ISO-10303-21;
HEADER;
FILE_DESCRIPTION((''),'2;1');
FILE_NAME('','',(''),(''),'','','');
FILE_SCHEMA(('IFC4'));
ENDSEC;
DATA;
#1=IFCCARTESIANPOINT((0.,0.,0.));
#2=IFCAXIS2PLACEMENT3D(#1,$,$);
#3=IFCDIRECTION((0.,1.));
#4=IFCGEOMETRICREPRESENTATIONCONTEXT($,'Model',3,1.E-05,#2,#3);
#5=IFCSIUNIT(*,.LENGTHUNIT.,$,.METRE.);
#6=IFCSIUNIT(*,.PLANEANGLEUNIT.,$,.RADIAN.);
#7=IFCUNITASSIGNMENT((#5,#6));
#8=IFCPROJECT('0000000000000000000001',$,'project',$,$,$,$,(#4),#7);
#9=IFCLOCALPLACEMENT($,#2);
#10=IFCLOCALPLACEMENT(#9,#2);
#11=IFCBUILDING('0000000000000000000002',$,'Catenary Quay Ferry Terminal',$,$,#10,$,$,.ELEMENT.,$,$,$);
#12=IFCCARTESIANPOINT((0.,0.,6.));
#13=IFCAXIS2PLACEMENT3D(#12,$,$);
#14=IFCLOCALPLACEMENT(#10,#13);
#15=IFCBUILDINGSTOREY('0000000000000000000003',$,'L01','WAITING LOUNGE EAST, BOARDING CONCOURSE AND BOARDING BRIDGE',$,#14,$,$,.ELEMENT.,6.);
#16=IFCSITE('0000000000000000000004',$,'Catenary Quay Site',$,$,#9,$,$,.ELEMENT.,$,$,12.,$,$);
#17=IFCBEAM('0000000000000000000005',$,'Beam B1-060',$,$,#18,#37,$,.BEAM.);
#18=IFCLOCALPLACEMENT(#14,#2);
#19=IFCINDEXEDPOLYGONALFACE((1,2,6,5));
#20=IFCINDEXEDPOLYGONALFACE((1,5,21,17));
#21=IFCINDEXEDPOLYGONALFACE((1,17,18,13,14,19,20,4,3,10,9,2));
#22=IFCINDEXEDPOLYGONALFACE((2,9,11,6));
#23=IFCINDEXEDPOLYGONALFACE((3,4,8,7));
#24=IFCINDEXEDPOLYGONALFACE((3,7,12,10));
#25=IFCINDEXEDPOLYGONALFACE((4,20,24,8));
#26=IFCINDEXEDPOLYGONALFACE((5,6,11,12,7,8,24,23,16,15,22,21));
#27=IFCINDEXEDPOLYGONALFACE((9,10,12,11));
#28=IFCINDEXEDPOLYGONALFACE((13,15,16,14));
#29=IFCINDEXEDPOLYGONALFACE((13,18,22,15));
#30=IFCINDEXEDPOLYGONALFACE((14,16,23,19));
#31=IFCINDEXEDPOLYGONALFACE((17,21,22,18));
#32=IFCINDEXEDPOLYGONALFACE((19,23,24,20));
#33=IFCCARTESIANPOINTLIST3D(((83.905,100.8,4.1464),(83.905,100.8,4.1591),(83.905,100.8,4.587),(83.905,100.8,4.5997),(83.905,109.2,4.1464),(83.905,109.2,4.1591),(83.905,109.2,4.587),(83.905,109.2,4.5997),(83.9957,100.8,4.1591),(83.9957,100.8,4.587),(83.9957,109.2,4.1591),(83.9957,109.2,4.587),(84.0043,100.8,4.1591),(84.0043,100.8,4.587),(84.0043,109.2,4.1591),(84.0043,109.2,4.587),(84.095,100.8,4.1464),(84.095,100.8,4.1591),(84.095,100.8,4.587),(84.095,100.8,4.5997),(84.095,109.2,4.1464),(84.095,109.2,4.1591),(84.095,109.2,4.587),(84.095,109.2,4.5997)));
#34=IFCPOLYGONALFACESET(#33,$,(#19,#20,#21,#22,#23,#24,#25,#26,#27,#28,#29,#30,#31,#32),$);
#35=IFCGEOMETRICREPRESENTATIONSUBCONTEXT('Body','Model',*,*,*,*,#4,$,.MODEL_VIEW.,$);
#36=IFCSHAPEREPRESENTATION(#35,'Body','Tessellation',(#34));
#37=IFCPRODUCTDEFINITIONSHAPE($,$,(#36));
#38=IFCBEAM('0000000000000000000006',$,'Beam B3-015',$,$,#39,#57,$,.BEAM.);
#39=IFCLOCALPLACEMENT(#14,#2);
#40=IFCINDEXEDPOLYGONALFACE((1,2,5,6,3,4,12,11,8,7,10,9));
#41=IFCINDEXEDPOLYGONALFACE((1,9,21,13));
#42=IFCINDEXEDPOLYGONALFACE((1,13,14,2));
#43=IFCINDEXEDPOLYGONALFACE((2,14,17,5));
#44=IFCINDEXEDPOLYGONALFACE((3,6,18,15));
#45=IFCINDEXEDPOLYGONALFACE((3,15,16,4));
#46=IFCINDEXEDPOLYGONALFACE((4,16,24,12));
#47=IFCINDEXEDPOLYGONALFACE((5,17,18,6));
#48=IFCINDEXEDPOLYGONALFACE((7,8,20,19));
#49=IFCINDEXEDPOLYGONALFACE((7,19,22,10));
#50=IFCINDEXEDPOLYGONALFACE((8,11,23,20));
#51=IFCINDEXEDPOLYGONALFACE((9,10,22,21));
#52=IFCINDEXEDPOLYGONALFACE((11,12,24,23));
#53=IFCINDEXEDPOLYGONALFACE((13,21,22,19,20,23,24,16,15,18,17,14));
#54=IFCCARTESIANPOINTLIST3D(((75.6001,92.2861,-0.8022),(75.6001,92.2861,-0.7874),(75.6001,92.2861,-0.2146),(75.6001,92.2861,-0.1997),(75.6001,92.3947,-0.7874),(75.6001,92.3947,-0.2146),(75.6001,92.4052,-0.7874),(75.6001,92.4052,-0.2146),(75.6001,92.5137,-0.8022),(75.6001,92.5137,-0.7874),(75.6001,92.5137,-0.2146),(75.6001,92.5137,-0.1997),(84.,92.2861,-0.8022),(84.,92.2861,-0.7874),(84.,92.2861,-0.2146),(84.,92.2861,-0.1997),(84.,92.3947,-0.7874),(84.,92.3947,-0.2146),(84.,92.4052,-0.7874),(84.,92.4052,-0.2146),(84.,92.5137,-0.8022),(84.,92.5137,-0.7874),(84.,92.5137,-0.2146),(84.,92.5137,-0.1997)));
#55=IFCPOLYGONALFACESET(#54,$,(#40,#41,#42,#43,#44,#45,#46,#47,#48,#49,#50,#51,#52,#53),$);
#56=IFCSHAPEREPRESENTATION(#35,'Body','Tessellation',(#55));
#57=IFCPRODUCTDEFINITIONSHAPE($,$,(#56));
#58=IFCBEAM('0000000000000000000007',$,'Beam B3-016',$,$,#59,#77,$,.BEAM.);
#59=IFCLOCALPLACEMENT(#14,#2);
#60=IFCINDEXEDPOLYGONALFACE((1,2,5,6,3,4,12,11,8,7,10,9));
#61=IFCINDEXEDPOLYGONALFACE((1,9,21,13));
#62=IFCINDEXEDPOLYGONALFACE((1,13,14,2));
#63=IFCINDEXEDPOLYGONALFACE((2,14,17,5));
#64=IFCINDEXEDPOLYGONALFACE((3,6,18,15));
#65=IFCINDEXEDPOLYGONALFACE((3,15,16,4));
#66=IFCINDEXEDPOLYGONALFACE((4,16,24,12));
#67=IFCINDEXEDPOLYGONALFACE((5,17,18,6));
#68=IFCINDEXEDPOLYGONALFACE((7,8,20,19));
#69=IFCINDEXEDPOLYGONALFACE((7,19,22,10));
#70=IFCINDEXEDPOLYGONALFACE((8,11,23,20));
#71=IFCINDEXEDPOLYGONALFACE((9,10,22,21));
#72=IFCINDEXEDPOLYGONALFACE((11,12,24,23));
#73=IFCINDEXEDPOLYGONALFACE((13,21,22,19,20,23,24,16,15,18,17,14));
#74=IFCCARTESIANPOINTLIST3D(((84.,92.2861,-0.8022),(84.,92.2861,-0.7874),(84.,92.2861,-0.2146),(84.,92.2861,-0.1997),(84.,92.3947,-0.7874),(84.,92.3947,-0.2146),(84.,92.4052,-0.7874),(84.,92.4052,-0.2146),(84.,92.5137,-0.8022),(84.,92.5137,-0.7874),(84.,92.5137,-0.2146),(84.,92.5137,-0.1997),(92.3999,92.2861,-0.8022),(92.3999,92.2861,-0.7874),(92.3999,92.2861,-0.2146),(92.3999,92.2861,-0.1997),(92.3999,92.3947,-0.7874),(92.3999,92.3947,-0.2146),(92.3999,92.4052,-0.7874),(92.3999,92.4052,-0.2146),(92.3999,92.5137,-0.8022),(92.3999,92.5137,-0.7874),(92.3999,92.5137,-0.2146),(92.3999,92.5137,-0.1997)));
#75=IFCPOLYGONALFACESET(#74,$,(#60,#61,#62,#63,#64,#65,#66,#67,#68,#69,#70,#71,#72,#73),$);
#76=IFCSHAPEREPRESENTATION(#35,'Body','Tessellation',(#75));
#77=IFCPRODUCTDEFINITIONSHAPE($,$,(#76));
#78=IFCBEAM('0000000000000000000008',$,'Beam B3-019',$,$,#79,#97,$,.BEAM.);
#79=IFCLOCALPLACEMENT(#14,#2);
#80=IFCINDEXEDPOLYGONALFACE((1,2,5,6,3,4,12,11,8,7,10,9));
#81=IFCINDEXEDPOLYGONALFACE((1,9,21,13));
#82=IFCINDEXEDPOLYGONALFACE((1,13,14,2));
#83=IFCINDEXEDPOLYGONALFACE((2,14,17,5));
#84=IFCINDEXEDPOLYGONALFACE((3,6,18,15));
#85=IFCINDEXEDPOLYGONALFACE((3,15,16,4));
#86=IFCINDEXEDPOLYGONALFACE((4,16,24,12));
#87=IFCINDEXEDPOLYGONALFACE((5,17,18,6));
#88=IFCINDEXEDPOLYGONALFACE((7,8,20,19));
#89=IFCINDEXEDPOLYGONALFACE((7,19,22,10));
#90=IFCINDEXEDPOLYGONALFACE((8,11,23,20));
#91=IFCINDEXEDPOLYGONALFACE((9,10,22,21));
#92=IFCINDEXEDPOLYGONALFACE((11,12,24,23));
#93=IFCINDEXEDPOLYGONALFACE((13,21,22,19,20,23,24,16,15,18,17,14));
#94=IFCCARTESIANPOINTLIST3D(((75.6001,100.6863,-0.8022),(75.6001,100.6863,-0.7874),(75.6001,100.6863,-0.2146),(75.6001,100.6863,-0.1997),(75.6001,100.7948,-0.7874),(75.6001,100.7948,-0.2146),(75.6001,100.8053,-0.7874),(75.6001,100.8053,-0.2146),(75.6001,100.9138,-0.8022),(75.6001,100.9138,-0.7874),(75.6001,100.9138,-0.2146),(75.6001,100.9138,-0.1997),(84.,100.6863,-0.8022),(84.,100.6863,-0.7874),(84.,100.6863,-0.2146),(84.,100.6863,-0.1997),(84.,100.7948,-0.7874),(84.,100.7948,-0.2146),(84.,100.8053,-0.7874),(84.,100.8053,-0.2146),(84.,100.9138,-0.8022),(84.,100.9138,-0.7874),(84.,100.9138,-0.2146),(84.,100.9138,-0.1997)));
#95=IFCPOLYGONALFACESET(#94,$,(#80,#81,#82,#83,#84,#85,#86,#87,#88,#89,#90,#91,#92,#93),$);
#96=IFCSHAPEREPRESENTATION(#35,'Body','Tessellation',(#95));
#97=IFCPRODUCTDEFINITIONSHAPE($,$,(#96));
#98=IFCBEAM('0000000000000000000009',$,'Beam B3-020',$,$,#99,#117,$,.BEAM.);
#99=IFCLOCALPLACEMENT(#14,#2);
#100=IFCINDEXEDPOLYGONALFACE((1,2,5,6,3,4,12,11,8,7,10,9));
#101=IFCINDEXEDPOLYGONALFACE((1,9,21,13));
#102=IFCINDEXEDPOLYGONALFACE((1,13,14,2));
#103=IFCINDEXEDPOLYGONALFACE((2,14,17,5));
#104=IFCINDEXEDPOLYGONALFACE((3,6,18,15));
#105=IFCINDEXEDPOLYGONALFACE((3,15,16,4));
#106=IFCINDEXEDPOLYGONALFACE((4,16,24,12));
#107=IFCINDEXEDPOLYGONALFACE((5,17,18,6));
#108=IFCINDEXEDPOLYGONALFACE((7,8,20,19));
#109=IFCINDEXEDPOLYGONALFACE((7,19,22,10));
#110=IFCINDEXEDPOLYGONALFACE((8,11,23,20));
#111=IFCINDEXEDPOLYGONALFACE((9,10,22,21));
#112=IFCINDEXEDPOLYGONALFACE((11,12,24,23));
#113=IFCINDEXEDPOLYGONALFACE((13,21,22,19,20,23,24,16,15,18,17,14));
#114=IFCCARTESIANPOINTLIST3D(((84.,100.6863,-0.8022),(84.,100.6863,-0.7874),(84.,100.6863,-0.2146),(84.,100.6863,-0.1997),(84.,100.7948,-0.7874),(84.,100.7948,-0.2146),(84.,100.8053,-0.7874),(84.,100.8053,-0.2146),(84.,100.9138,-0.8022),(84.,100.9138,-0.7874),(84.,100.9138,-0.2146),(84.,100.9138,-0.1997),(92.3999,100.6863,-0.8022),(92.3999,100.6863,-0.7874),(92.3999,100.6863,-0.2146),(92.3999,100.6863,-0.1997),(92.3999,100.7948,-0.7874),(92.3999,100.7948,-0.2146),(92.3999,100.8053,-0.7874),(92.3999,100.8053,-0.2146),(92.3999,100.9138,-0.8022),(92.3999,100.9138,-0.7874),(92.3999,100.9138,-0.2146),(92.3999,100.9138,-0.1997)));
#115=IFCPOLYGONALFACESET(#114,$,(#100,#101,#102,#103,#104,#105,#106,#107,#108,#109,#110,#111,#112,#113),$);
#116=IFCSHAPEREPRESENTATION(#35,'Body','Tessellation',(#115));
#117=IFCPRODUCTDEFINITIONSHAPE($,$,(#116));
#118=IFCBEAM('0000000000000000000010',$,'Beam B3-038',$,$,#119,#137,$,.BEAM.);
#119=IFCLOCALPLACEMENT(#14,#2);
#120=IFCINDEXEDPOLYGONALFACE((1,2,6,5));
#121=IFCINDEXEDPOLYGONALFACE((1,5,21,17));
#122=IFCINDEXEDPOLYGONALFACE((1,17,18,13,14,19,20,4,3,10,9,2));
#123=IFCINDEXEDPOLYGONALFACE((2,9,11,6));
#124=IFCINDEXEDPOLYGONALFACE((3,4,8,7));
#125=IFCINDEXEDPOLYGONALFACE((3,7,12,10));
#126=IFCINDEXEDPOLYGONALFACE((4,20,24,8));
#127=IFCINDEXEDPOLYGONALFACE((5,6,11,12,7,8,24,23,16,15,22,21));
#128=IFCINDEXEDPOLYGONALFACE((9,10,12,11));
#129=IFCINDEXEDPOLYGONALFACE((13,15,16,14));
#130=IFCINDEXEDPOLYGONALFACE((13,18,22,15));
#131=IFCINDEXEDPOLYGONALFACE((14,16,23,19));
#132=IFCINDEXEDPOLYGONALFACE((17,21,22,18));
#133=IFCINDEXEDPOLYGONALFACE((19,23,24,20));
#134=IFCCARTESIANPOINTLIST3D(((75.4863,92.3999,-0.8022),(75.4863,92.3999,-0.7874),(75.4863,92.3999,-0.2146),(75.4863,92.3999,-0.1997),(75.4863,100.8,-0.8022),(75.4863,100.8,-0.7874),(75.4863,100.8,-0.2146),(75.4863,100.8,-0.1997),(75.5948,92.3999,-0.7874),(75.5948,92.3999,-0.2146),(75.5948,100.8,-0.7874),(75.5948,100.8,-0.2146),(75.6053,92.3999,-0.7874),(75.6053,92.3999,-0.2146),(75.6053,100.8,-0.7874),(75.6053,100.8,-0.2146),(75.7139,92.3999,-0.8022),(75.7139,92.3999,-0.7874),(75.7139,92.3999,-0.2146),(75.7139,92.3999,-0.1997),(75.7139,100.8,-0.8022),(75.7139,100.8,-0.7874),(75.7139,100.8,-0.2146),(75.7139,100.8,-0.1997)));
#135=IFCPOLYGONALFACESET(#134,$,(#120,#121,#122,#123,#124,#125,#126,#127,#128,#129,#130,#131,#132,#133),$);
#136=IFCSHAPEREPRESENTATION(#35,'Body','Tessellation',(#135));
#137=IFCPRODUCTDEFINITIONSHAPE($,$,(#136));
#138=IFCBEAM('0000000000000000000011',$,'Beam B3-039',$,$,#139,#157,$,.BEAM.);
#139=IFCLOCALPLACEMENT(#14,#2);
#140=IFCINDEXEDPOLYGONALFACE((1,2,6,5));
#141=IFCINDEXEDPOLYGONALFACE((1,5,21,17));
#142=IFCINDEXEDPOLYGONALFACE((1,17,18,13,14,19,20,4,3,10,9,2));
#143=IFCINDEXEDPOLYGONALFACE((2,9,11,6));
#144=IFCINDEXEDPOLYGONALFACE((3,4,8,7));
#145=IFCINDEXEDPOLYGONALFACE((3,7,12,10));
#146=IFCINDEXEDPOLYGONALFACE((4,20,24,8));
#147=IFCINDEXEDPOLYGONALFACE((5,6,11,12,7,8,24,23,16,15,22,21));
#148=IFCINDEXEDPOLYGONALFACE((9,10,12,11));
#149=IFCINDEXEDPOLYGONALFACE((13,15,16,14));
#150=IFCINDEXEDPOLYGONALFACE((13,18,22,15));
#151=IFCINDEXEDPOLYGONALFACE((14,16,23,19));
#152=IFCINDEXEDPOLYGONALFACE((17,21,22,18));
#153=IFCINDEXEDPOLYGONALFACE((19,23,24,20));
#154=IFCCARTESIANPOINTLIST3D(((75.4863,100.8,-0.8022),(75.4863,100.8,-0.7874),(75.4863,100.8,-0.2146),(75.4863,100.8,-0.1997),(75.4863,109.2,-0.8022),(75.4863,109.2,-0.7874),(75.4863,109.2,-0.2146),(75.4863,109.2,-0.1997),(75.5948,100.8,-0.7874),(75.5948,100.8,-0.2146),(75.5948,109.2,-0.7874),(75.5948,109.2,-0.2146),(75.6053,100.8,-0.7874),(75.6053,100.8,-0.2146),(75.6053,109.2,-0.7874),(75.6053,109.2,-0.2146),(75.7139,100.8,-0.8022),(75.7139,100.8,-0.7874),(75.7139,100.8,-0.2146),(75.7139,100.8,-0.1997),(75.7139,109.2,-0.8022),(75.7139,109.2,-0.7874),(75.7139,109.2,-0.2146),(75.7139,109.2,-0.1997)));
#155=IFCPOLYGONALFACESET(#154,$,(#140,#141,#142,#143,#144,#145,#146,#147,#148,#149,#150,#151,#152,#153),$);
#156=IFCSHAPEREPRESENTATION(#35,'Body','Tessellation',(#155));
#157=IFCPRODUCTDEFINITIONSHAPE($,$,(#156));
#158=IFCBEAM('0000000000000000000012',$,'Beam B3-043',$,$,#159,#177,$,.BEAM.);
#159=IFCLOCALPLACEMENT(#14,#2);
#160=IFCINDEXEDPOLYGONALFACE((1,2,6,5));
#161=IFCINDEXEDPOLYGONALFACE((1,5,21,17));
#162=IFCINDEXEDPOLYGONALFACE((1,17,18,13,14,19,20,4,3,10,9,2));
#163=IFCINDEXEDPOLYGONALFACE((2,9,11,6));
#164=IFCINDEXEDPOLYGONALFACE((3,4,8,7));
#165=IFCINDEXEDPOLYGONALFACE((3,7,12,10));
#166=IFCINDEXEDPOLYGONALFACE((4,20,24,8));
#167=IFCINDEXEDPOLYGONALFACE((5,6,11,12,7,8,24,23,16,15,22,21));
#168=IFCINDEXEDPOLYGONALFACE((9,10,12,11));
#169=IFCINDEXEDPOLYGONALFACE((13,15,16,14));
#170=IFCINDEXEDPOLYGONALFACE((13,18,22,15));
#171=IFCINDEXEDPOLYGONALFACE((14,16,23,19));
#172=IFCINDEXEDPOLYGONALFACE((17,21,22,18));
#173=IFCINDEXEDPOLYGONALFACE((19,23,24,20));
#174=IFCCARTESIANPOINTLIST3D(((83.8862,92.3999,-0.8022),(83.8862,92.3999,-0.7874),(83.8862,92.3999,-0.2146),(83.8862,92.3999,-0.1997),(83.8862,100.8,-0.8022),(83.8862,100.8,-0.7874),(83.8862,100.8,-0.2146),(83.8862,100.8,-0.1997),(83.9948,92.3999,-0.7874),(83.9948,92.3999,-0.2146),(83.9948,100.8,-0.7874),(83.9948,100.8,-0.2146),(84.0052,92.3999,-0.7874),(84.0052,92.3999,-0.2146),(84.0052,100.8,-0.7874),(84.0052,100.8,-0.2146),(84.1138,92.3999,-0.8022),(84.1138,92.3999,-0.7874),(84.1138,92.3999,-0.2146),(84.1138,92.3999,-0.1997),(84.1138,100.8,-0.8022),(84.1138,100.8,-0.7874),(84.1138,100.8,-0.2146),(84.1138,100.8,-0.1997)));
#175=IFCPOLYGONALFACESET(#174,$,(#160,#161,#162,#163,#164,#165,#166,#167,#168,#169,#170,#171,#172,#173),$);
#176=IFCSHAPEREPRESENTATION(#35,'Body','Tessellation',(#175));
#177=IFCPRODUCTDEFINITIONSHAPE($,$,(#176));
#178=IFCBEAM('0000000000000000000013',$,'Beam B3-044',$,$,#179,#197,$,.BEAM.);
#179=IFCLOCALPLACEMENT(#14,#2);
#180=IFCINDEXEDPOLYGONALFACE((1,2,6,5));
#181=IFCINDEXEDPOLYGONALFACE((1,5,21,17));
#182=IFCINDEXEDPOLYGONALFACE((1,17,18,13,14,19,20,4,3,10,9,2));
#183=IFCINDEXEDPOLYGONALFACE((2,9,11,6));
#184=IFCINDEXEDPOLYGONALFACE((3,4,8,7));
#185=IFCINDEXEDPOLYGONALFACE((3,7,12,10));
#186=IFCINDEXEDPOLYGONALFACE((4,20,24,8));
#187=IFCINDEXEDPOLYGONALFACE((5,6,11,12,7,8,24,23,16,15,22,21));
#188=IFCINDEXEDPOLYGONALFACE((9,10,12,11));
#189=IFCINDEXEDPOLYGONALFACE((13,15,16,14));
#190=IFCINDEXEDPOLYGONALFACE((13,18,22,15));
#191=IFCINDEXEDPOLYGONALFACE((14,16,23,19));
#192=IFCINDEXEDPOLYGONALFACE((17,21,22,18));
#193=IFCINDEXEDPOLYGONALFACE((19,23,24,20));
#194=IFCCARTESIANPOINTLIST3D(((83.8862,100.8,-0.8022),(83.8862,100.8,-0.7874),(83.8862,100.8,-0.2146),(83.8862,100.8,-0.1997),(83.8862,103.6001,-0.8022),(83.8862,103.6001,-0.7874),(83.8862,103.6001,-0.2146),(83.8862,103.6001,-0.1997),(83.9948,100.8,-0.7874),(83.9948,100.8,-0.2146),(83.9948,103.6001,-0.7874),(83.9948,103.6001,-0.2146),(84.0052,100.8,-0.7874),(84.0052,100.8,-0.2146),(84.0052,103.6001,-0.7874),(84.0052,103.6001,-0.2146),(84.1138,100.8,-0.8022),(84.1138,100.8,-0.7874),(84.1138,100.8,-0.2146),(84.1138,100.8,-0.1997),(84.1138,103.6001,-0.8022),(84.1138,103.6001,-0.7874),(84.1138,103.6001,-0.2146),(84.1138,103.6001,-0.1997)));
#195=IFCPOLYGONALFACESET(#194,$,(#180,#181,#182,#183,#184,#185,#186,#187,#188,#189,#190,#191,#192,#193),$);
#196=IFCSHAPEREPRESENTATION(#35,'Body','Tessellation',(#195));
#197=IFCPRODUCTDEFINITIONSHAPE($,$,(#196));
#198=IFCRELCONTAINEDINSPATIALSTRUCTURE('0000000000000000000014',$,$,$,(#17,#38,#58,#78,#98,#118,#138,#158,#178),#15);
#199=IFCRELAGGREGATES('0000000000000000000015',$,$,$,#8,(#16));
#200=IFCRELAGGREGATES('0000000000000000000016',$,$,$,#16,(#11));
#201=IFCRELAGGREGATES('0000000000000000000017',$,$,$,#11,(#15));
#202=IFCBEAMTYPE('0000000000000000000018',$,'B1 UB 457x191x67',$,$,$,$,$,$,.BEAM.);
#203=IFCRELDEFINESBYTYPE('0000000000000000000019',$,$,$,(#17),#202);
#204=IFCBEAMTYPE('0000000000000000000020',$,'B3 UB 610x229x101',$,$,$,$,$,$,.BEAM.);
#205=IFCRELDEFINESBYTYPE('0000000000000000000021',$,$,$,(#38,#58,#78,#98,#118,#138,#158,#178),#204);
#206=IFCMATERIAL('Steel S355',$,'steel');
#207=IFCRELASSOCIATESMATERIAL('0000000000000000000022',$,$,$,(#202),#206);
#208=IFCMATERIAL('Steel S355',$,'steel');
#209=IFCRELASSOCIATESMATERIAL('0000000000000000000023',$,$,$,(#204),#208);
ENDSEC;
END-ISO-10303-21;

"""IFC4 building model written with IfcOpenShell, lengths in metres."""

from ifc_helpers import new_model, si_unit, direction, frame, origin, origin_2d, place, context, subcontext, project, spatial, i_section, extrude, material, material_profile, profile_set, type_object, element, save


model = new_model("IFC4")

# Units and contexts
model_context = context("Model", 3, precision=1e-05, world=origin(), true_north=direction((0.0, 1.0)))
body_context = subcontext(model_context, "Body", "Model", "MODEL_VIEW")
ifc_project = project(units=[si_unit("LENGTHUNIT", "METRE"), si_unit("PLANEANGLEUNIT", "RADIAN")], contexts=[model_context])

# Site, building, storey
site_placement = place(None, origin())
site = spatial("IfcSite", under=ifc_project, at=site_placement, Name="Catenary Quay Site", CompositionType="ELEMENT", RefElevation=12.0)
building_placement = place(site_placement, origin())
building = spatial("IfcBuilding", under=site, at=building_placement, Name="Catenary Quay Ferry Terminal", CompositionType="ELEMENT")
storey_placement = place(building_placement, frame((0.0, 0.0, 6.0)))
storey = spatial("IfcBuildingStorey", under=building, at=storey_placement, Name="L01", Description="WAITING LOUNGE EAST, BOARDING CONCOURSE AND BOARDING BRIDGE", CompositionType="ELEMENT", Elevation=6.0)

# Beams
ifc_material_1 = material(Name="Steel S355", Category="steel")
ifc_material_profile_1 = material_profile(ifc_material_1, i_section(OverallWidth=0.1899, OverallDepth=0.4534, WebThickness=0.0085, FlangeThickness=0.0127, at=origin_2d()), Name="UB 457x191x67")
ifc_profile_set_1 = profile_set([ifc_material_profile_1], Name="Steel S355")
beam_type_1 = type_object("IfcBeamType", Name="B1 UB 457x191x67", PredefinedType="BEAM", material=ifc_profile_set_1)
for number, where, z_axis, x_axis, name in (
    (1, (84.0, 100.8, 4.373), (0.0, 1.0, 0.0), (-1.0, 0.0, 0.0), "Beam B1-060"),
):
    element("IfcBeam", number, at=place(storey_placement, frame(where, z_axis=z_axis, x_axis=x_axis)), inside=storey, type_object=beam_type_1, Name=name, PredefinedType="BEAM", context=body_context, shape_type="SweptSolid", body=[
        extrude(i_section(OverallWidth=0.1899, OverallDepth=0.4534, WebThickness=0.0085, FlangeThickness=0.0127, at=origin_2d()), origin(), (0.0, 0.0, 1.0), 8.3999),
    ])
ifc_material_2 = material(Name="Steel S355", Category="steel")
ifc_material_profile_2 = material_profile(ifc_material_2, i_section(OverallWidth=0.2275, OverallDepth=0.6025, WebThickness=0.0105, FlangeThickness=0.0149, at=origin_2d()), Name="UB 610x229x101")
ifc_profile_set_2 = profile_set([ifc_material_profile_2], Name="Steel S355")
beam_type_2 = type_object("IfcBeamType", Name="B3 UB 610x229x101", PredefinedType="BEAM", material=ifc_profile_set_2)
for number, where, z_axis, x_axis, name in (
    (2, (75.6001, 92.3999, -0.501), (1.0, 0.0, 0.0), (0.0, 1.0, 0.0), "Beam B3-015"),
    (3, (84.0, 92.3999, -0.501), (1.0, 0.0, 0.0), (0.0, 1.0, 0.0), "Beam B3-016"),
    (4, (75.6001, 100.8, -0.501), (1.0, 0.0, 0.0), (0.0, 1.0, 0.0), "Beam B3-019"),
    (5, (84.0, 100.8, -0.501), (1.0, 0.0, 0.0), (0.0, 1.0, 0.0), "Beam B3-020"),
):
    element("IfcBeam", number, at=place(storey_placement, frame(where, z_axis=z_axis, x_axis=x_axis)), inside=storey, type_object=beam_type_2, Name=name, PredefinedType="BEAM", context=body_context, shape_type="SweptSolid", body=[
        extrude(i_section(OverallWidth=0.2275, OverallDepth=0.6025, WebThickness=0.0105, FlangeThickness=0.0149, at=origin_2d()), origin(), (0.0, 0.0, 1.0), 8.3999),
    ])
beam_1_placement = place(storey_placement, frame((75.6001, 92.3999, -0.501), z_axis=(0.0, 1.0, 0.0), x_axis=(-1.0, 0.0, 0.0)))
element("IfcBeam", 6, at=beam_1_placement, inside=storey, type_object=beam_type_2, Name="Beam B3-038", PredefinedType="BEAM", context=body_context, shape_type="SweptSolid", body=[
    extrude(i_section(OverallWidth=0.2275, OverallDepth=0.6025, WebThickness=0.0105, FlangeThickness=0.0149, at=origin_2d()), origin(), (0.0, 0.0, 1.0), 8.4001),
])
beam_2_placement = place(storey_placement, frame((75.6001, 100.8, -0.501), z_axis=(0.0, 1.0, 0.0), x_axis=(-1.0, 0.0, 0.0)))
element("IfcBeam", 7, at=beam_2_placement, inside=storey, type_object=beam_type_2, Name="Beam B3-039", PredefinedType="BEAM", context=body_context, shape_type="SweptSolid", body=[
    extrude(i_section(OverallWidth=0.2275, OverallDepth=0.6025, WebThickness=0.0105, FlangeThickness=0.0149, at=origin_2d()), origin(), (0.0, 0.0, 1.0), 8.3999),
])
beam_3_placement = place(storey_placement, frame((84.0, 92.3999, -0.501), z_axis=(0.0, 1.0, 0.0), x_axis=(-1.0, 0.0, 0.0)))
element("IfcBeam", 8, at=beam_3_placement, inside=storey, type_object=beam_type_2, Name="Beam B3-043", PredefinedType="BEAM", context=body_context, shape_type="SweptSolid", body=[
    extrude(i_section(OverallWidth=0.2275, OverallDepth=0.6025, WebThickness=0.0105, FlangeThickness=0.0149, at=origin_2d()), origin(), (0.0, 0.0, 1.0), 8.4001),
])
beam_4_placement = place(storey_placement, frame((84.0, 100.8, -0.501), z_axis=(0.0, 1.0, 0.0), x_axis=(-1.0, 0.0, 0.0)))
element("IfcBeam", 9, at=beam_4_placement, inside=storey, type_object=beam_type_2, Name="Beam B3-044", PredefinedType="BEAM", context=body_context, shape_type="SweptSolid", body=[
    extrude(i_section(OverallWidth=0.2275, OverallDepth=0.6025, WebThickness=0.0105, FlangeThickness=0.0149, at=origin_2d()), origin(), (0.0, 0.0, 1.0), 2.8),
])

save(model, "model.ifc")
